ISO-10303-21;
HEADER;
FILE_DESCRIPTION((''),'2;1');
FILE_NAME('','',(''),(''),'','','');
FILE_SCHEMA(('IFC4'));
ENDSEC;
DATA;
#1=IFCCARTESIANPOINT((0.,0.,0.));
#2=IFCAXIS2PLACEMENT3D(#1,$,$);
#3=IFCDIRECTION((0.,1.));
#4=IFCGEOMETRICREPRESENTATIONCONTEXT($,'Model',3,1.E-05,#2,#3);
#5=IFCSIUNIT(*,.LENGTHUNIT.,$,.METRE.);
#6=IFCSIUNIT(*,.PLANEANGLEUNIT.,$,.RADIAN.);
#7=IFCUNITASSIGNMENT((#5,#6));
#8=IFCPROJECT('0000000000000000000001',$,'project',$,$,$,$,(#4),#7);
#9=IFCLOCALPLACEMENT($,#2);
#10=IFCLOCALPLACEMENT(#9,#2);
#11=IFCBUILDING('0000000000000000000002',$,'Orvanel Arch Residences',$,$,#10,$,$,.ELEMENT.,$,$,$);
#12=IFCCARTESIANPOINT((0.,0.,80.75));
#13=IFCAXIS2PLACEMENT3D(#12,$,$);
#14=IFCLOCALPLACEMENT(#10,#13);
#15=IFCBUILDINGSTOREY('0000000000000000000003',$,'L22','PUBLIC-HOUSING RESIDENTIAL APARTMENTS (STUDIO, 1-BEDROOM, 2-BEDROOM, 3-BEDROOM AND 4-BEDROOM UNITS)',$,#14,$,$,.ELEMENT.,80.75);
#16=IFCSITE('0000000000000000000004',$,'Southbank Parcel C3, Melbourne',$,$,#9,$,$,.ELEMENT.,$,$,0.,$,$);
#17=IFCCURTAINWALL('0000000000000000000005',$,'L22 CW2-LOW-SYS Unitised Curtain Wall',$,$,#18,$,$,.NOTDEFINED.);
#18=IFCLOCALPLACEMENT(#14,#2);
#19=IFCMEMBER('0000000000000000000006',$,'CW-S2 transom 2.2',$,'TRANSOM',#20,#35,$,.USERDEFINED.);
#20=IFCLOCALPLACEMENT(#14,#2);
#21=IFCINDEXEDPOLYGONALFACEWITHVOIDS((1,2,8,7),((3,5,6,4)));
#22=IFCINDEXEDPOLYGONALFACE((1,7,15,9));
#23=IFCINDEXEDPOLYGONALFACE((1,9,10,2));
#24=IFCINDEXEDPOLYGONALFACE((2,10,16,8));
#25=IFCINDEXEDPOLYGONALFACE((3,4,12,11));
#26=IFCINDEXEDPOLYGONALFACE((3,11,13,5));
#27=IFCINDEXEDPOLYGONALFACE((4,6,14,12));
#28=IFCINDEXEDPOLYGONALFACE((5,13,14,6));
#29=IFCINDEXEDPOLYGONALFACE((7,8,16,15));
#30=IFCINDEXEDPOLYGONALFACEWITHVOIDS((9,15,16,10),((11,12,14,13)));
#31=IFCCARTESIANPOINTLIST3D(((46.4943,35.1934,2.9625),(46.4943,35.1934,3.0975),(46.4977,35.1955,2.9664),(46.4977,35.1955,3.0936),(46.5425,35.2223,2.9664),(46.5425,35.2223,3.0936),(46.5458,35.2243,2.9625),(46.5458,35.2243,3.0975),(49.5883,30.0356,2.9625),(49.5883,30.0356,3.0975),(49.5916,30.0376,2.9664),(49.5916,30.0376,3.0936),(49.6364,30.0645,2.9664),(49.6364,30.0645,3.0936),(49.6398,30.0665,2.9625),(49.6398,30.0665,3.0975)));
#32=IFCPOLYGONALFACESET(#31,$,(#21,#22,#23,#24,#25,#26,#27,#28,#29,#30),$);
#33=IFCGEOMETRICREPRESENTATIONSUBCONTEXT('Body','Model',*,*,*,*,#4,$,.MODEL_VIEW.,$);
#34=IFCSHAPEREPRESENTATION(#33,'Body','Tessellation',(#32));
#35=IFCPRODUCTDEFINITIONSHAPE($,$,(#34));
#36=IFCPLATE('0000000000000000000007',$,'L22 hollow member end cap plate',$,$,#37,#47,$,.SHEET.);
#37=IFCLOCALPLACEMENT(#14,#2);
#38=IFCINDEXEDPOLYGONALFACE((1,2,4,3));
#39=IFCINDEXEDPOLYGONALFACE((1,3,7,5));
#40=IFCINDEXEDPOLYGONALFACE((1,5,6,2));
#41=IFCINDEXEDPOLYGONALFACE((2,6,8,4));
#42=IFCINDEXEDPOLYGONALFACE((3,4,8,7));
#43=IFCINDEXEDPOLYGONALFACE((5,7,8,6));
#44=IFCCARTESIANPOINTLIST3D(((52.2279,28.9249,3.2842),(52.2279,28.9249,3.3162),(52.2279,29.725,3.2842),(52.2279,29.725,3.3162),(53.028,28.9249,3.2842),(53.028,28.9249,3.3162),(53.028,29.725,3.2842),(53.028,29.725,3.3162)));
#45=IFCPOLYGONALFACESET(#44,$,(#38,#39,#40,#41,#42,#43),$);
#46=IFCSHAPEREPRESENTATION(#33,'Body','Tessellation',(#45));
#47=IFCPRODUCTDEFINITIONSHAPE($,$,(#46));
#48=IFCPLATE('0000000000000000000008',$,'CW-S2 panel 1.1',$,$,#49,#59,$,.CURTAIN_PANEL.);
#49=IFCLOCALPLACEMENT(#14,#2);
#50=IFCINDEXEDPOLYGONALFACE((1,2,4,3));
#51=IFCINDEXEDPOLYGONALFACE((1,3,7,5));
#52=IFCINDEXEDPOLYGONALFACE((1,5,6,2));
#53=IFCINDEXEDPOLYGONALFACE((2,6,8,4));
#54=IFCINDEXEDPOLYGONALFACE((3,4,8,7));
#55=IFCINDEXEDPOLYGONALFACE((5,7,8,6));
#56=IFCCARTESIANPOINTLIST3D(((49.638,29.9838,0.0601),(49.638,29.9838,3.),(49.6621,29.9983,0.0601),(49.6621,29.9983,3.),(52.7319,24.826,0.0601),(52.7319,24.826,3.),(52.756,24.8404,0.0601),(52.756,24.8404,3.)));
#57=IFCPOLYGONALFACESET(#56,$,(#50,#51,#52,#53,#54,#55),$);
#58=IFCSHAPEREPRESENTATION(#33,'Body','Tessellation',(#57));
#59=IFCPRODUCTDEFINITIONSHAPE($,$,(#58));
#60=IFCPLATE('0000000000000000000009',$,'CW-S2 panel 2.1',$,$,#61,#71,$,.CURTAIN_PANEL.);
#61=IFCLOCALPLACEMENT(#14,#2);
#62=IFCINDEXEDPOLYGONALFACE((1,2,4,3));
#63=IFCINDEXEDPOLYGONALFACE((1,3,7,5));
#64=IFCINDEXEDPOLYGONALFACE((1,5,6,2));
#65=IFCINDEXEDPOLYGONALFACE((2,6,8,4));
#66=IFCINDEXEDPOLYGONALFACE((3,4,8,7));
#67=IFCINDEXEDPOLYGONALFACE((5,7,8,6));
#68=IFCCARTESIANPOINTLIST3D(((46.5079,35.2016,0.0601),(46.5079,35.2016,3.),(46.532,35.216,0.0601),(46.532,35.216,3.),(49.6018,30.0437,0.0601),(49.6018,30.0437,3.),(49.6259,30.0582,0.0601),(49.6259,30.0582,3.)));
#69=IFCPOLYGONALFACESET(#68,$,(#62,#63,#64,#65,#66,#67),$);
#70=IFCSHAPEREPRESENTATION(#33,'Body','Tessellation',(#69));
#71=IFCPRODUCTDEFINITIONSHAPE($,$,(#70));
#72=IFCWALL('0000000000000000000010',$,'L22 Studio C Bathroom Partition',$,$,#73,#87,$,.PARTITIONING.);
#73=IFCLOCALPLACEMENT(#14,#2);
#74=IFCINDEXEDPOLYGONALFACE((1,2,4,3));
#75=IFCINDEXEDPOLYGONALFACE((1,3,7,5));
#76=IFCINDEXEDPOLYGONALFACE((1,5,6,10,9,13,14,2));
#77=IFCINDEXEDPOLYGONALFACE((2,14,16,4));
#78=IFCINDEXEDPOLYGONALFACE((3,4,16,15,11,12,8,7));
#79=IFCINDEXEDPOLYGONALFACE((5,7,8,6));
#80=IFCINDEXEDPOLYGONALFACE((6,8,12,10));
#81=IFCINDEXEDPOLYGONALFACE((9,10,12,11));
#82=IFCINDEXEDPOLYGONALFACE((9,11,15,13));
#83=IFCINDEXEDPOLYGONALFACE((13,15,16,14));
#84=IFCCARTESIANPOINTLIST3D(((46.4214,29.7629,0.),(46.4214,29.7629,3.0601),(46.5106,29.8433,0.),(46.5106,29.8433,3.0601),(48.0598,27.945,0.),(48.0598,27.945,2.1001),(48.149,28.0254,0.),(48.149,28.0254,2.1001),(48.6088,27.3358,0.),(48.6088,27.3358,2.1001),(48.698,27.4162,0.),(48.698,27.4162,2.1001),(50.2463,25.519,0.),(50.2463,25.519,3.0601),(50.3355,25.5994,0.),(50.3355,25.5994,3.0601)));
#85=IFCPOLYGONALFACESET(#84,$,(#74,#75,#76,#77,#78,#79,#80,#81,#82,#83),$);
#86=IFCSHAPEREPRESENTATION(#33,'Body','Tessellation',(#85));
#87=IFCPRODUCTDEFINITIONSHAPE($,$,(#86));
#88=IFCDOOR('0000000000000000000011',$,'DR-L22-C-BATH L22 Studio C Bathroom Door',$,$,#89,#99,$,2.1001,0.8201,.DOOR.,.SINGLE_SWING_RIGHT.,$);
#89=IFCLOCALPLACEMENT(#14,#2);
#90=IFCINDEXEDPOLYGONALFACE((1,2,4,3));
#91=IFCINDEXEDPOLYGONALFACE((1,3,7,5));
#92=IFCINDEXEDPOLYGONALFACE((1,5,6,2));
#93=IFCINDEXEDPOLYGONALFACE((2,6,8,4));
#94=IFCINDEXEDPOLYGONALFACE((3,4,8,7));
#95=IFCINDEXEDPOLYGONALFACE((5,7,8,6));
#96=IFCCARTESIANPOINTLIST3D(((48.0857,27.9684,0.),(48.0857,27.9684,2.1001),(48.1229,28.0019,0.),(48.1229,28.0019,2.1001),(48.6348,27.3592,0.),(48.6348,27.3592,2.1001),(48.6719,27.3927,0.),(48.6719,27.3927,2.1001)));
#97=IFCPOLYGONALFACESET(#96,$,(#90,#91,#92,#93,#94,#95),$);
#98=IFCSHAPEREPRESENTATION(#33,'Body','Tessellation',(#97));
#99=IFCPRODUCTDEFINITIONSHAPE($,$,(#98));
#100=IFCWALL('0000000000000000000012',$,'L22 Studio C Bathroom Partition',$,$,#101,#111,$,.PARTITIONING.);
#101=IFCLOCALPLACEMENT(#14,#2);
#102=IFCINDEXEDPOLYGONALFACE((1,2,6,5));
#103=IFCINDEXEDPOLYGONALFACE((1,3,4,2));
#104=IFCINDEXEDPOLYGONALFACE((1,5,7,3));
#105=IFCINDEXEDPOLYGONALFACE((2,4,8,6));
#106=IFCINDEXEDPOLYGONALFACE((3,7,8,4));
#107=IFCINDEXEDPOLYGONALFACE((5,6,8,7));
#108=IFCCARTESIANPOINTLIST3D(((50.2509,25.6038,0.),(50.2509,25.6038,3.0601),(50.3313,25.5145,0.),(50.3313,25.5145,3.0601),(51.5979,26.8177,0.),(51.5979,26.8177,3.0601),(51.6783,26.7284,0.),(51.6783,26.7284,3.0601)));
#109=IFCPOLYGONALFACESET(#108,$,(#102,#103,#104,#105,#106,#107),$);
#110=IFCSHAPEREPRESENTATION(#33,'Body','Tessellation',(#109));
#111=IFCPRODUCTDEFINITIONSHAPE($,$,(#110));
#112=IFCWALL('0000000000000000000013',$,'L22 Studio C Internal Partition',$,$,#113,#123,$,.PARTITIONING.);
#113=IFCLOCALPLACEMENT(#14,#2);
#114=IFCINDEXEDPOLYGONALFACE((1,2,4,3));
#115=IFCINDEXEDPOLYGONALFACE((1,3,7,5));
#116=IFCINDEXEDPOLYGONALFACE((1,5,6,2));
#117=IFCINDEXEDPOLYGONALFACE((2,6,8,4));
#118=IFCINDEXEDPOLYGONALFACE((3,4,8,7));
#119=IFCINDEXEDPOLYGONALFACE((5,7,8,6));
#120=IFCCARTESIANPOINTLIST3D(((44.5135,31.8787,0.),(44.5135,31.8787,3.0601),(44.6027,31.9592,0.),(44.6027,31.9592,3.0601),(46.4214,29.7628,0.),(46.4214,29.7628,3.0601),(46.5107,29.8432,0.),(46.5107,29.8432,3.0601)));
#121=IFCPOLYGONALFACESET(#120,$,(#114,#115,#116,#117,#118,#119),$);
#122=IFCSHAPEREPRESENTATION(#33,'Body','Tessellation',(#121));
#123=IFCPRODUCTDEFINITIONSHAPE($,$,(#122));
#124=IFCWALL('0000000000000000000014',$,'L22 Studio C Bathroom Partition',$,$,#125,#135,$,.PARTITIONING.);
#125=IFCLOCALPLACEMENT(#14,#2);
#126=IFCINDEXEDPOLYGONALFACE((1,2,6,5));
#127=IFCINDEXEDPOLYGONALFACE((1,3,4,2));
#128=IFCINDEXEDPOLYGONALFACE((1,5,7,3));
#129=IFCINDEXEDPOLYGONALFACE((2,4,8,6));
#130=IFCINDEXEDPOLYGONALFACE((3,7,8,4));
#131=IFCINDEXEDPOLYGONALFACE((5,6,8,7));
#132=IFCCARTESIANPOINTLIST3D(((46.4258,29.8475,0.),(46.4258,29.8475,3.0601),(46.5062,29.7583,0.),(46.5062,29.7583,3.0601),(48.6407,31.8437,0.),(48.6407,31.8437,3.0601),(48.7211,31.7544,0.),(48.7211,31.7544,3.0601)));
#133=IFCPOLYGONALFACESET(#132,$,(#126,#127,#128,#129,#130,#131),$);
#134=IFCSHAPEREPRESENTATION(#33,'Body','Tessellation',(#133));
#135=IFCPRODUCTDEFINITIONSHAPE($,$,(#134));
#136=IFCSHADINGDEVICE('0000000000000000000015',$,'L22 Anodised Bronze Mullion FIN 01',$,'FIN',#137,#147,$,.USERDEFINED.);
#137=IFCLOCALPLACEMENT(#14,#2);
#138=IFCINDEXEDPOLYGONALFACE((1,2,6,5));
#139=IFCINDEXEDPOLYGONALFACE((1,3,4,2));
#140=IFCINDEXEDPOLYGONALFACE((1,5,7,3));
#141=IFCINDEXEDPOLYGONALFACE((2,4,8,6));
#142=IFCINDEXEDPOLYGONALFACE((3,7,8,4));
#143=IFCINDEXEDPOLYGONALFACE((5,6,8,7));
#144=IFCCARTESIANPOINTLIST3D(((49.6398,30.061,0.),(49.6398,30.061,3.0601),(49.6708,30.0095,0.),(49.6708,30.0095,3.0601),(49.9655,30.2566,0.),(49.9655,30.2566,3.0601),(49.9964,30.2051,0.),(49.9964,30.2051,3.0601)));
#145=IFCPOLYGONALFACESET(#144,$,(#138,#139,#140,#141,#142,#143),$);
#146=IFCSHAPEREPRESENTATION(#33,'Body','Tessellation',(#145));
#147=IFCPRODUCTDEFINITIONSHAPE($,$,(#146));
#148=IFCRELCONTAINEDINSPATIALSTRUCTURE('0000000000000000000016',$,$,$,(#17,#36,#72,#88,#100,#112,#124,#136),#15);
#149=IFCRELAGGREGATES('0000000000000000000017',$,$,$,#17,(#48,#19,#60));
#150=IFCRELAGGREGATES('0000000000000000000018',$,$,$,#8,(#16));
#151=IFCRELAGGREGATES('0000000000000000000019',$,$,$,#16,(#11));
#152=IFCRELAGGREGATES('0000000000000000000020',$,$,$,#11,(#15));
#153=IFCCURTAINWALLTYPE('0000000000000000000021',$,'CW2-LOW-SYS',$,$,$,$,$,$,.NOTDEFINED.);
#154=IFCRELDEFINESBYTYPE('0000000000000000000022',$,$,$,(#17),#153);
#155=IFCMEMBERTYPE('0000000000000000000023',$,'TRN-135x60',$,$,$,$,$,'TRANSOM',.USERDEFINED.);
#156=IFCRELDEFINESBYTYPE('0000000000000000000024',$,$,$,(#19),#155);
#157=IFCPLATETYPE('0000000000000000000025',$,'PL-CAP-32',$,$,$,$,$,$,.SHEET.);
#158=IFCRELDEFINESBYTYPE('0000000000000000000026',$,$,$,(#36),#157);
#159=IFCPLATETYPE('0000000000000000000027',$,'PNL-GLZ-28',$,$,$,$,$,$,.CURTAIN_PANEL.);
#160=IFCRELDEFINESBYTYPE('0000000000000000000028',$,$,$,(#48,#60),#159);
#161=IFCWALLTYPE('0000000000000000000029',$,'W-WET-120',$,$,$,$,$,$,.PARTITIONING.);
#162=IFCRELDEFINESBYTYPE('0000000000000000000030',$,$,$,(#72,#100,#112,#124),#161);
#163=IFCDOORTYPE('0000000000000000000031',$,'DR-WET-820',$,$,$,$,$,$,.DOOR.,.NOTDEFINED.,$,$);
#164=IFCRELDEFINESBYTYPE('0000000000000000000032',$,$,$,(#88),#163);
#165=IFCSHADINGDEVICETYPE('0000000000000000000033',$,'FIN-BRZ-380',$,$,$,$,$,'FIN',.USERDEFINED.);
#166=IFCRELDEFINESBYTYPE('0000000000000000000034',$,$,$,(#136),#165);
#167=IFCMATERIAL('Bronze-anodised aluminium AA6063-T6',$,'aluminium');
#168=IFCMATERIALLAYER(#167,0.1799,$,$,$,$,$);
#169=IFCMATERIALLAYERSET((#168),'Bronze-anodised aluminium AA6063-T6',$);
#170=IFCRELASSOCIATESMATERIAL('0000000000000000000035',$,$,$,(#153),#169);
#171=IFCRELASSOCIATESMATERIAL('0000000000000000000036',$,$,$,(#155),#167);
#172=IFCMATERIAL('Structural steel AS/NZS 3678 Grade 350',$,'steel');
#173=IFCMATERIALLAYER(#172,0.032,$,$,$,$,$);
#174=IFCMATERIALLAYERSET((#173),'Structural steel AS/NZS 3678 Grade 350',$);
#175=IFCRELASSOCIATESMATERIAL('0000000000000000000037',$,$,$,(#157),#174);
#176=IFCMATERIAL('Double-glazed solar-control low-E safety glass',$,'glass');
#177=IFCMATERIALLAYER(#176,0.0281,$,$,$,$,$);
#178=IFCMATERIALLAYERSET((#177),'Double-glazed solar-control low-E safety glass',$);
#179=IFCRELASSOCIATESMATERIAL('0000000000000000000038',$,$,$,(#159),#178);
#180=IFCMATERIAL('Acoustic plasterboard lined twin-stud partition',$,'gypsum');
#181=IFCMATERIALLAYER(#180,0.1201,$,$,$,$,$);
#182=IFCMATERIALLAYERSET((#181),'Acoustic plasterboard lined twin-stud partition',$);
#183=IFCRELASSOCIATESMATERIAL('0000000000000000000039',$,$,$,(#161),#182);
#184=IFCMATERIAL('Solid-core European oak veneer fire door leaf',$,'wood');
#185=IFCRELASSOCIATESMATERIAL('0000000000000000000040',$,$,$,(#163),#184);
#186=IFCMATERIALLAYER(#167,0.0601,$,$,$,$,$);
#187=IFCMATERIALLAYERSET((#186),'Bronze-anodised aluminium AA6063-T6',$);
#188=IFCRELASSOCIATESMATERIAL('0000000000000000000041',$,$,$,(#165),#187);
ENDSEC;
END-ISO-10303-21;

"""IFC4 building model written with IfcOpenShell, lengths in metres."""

from ifc_helpers import new_model, si_unit, direction, frame, frame_2d, origin, origin_2d, place, context, subcontext, project, spatial, rectangle, hollow_rectangle, extrude, material, layer, layer_set, material_profile, profile_set, type_object, element, fill, aggregate, save


model = new_model("IFC4")

# Units and contexts
model_context = context("Model", 3, precision=1e-05, world=origin(), true_north=direction((0.0, 1.0)))
body_context = subcontext(model_context, "Body", "Model", "MODEL_VIEW")
ifc_project = project(units=[si_unit("LENGTHUNIT", "METRE"), si_unit("PLANEANGLEUNIT", "RADIAN")], contexts=[model_context])

# Site, building, storey
site_placement = place(None, origin())
site = spatial("IfcSite", under=ifc_project, at=site_placement, Name="Southbank Parcel C3, Melbourne", CompositionType="ELEMENT", RefElevation=0.0)
building_placement = place(site_placement, origin())
building = spatial("IfcBuilding", under=site, at=building_placement, Name="Orvanel Arch Residences", CompositionType="ELEMENT")
storey_placement = place(building_placement, frame((0.0, 0.0, 80.75)))
storey = spatial("IfcBuildingStorey", under=building, at=storey_placement, Name="L22", Description="PUBLIC-HOUSING RESIDENTIAL APARTMENTS (STUDIO, 1-BEDROOM, 2-BEDROOM, 3-BEDROOM AND 4-BEDROOM UNITS)", CompositionType="ELEMENT", Elevation=80.75)

# Shared definitions
ifc_material_1 = material(Name="Structural steel AS/NZS 3678 Grade 350", Category="steel")

# Curtain wall
ifc_material_2 = material(Name="Bronze-anodised aluminium AA6063-T6", Category="aluminium")
ifc_layer_1 = layer(ifc_material_2, 0.1799)
ifc_layer_set_1 = layer_set([ifc_layer_1], Name="Bronze-anodised aluminium AA6063-T6")
curtain_wall_type = type_object("IfcCurtainWallType", Name="CW2-LOW-SYS", PredefinedType="NOTDEFINED", material=ifc_layer_set_1)
curtain_wall_placement = place(storey_placement, origin())
curtain_wall = element("IfcCurtainWall", 1, at=curtain_wall_placement, inside=storey, type_object=curtain_wall_type, Name="L22 CW2-LOW-SYS Unitised Curtain Wall", PredefinedType="NOTDEFINED")

# Member
ifc_material_profile_1 = material_profile(ifc_material_2, hollow_rectangle(XDim=0.0601, YDim=0.135, WallThickness=0.0039, at=origin_2d()), Name="ALU135x60x4")
ifc_profile_set_1 = profile_set([ifc_material_profile_1], Name="Bronze-anodised aluminium AA6063-T6")
member_type_1 = type_object("IfcMemberType", Name="TRN-135x60", ElementType="TRANSOM", PredefinedType="USERDEFINED", material=ifc_profile_set_1)
member_1_placement = place(storey_placement, frame((49.614, 30.051, 3.03), z_axis=(-0.5144, 0.85755, 0.0), x_axis=(-0.85755, -0.5144, 0.0)))
member_1 = element("IfcMember", 2, at=member_1_placement, type_object=member_type_1, Name="CW-S2 transom 2.2", ObjectType="TRANSOM", PredefinedType="USERDEFINED", context=body_context, shape_type="SweptSolid", body=[
    extrude(hollow_rectangle(XDim=0.0601, YDim=0.135, WallThickness=0.0039, at=origin_2d()), origin(), (0.0, 0.0, 1.0), 6.0146),
])

# Plates
ifc_layer_2 = layer(ifc_material_1, 0.032)
ifc_layer_set_2 = layer_set([ifc_layer_2], Name="Structural steel AS/NZS 3678 Grade 350")
plate_type_1 = type_object("IfcPlateType", Name="PL-CAP-32", PredefinedType="SHEET", material=ifc_layer_set_2)
plate_1_placement = place(storey_placement, frame((52.6279, 29.325, 3.2842), z_axis=(0.0, 0.0, 1.0), x_axis=(1.0, 0.0, 0.0)))
element("IfcPlate", 3, at=plate_1_placement, inside=storey, type_object=plate_type_1, Name="L22 hollow member end cap plate", PredefinedType="SHEET", context=body_context, shape_type="SweptSolid", body=[
    extrude(rectangle(XDim=0.8, YDim=0.8, at=origin_2d()), origin(), (0.0, 0.0, 1.0), 0.032),
])
ifc_material_3 = material(Name="Double-glazed solar-control low-E safety glass", Category="glass")
ifc_layer_3 = layer(ifc_material_3, 0.0281)
ifc_layer_set_3 = layer_set([ifc_layer_3], Name="Double-glazed solar-control low-E safety glass")
plate_type_2 = type_object("IfcPlateType", Name="PNL-GLZ-28", PredefinedType="CURTAIN_PANEL", material=ifc_layer_set_3)
plate_2_placement = place(storey_placement, frame((51.197, 27.4121, 0.0601), z_axis=(0.0, 0.0, 1.0), x_axis=(-0.5144, 0.857551, 0.0)))
plate_2 = element("IfcPlate", 4, at=plate_2_placement, type_object=plate_type_2, Name="CW-S2 panel 1.1", PredefinedType="CURTAIN_PANEL", context=body_context, shape_type="SweptSolid", body=[
    extrude(rectangle(XDim=6.0146, YDim=0.0281, at=origin_2d()), origin(), (0.0, 0.0, 1.0), 2.9399),
])
plate_3_placement = place(storey_placement, frame((48.0669, 32.6299, 0.0601), z_axis=(0.0, 0.0, 1.0), x_axis=(-0.5144, 0.857551, 0.0)))
plate_3 = element("IfcPlate", 5, at=plate_3_placement, type_object=plate_type_2, Name="CW-S2 panel 2.1", PredefinedType="CURTAIN_PANEL", context=body_context, shape_type="SweptSolid", body=[
    extrude(rectangle(XDim=6.0146, YDim=0.0281, at=origin_2d()), origin(), (0.0, 0.0, 1.0), 2.9399),
])
aggregate(curtain_wall, [plate_2, member_1, plate_3])

# Wall, opening, door
ifc_material_4 = material(Name="Acoustic plasterboard lined twin-stud partition", Category="gypsum")
ifc_layer_4 = layer(ifc_material_4, 0.1201)
ifc_layer_set_4 = layer_set([ifc_layer_4], Name="Acoustic plasterboard lined twin-stud partition")
wall_type = type_object("IfcWallType", Name="W-WET-120", PredefinedType="PARTITIONING", material=ifc_layer_set_4)
wall_1_placement = place(storey_placement, frame((46.4661, 29.803, 0.0), z_axis=(0.0, 0.0, 1.0), x_axis=(0.669491, -0.74282, 0.0)))
wall_1 = element("IfcWall", 6, at=wall_1_placement, inside=storey, type_object=wall_type, Name="L22 Studio C Bathroom Partition", PredefinedType="PARTITIONING", context=body_context, shape_type="SweptSolid", body=[
    extrude(rectangle(XDim=5.7131, YDim=0.1201, at=frame_2d((2.8564, 0.0))), origin(), (0.0, 0.0, 1.0), 3.0601),
])
opening_placement = place(wall_1_placement, frame((2.447, 0.0, 0.0)))
opening = element("IfcOpeningElement", 7, at=opening_placement, cuts=wall_1, PredefinedType="OPENING", context=body_context, shape_type="SweptSolid", body=[
    extrude(rectangle(XDim=0.8201, YDim=2.1001, at=frame_2d((0.4102, 1.05))), frame((0.0, 0.0701, 0.0), z_axis=(0.0, -1.0, 0.0), x_axis=(1.0, 0.0, 0.0)), (0.0, 0.0, 1.0), 0.1401),
])
ifc_material_5 = material(Name="Solid-core European oak veneer fire door leaf", Category="wood")
door_type = type_object("IfcDoorType", Name="DR-WET-820", OperationType="NOTDEFINED", PredefinedType="DOOR", material=ifc_material_5)
door_placement = place(opening_placement, origin())
door = element("IfcDoor", 8, at=door_placement, inside=storey, type_object=door_type, Name="DR-L22-C-BATH L22 Studio C Bathroom Door", OperationType="SINGLE_SWING_RIGHT", OverallHeight=2.1001, OverallWidth=0.8201, PredefinedType="DOOR", context=body_context, shape_type="SweptSolid", body=[
    extrude(rectangle(XDim=0.8201, YDim=2.1001, at=frame_2d((0.4102, 1.05))), frame((0.0, 0.0249, 0.0), z_axis=(0.0, -1.0, 0.0), x_axis=(1.0, 0.0, 0.0)), (0.0, 0.0, 1.0), 0.05),
])
fill(opening, door)

# Walls
wall_2_placement = place(storey_placement, frame((50.291, 25.5591, 0.0), z_axis=(0.0, 0.0, 1.0), x_axis=(0.742845, 0.669463, 0.0)))
element("IfcWall", 9, at=wall_2_placement, inside=storey, type_object=wall_type, Name="L22 Studio C Bathroom Partition", PredefinedType="PARTITIONING", context=body_context, shape_type="SweptSolid", body=[
    extrude(rectangle(XDim=1.8132, YDim=0.1201, at=frame_2d((0.9067, 0.0))), origin(), (0.0, 0.0, 1.0), 3.0601),
])
wall_3_placement = place(storey_placement, frame((44.5581, 31.9189, 0.0), z_axis=(0.0, 0.0, 1.0), x_axis=(0.66966, -0.742667, 0.0)))
element("IfcWall", 10, at=wall_3_placement, inside=storey, type_object=wall_type, Name="L22 Studio C Internal Partition", PredefinedType="PARTITIONING", context=body_context, shape_type="SweptSolid", body=[
    extrude(rectangle(XDim=2.8491, YDim=0.1201, at=frame_2d((1.4246, 0.0))), origin(), (0.0, 0.0, 1.0), 3.0601),
])
wall_4_placement = place(storey_placement, frame((46.4661, 29.803, 0.0), z_axis=(0.0, 0.0, 1.0), x_axis=(0.742838, 0.669471, 0.0)))
element("IfcWall", 11, at=wall_4_placement, inside=storey, type_object=wall_type, Name="L22 Studio C Bathroom Partition", PredefinedType="PARTITIONING", context=body_context, shape_type="SweptSolid", body=[
    extrude(rectangle(XDim=2.9817, YDim=0.1201, at=frame_2d((1.4907, 0.0))), origin(), (0.0, 0.0, 1.0), 3.0601),
])

# Shading device
ifc_layer_5 = layer(ifc_material_2, 0.0601)
ifc_layer_set_5 = layer_set([ifc_layer_5], Name="Bronze-anodised aluminium AA6063-T6")
shading_device_type = type_object("IfcShadingDeviceType", Name="FIN-BRZ-380", ElementType="FIN", PredefinedType="USERDEFINED", material=ifc_layer_set_5)
shading_device_placement = place(storey_placement, frame((49.8181, 30.1331, 0.0), z_axis=(0.0, 0.0, 1.0), x_axis=(0.857167, 0.515038, 0.0)))
element("IfcShadingDevice", 12, at=shading_device_placement, inside=storey, type_object=shading_device_type, Name="L22 Anodised Bronze Mullion FIN 01", ObjectType="FIN", PredefinedType="USERDEFINED", context=body_context, shape_type="SweptSolid", body=[
    extrude(rectangle(XDim=0.3799, YDim=0.0601, at=origin_2d()), origin(), (0.0, 0.0, 1.0), 3.0601),
])

save(model, "model.ifc")
